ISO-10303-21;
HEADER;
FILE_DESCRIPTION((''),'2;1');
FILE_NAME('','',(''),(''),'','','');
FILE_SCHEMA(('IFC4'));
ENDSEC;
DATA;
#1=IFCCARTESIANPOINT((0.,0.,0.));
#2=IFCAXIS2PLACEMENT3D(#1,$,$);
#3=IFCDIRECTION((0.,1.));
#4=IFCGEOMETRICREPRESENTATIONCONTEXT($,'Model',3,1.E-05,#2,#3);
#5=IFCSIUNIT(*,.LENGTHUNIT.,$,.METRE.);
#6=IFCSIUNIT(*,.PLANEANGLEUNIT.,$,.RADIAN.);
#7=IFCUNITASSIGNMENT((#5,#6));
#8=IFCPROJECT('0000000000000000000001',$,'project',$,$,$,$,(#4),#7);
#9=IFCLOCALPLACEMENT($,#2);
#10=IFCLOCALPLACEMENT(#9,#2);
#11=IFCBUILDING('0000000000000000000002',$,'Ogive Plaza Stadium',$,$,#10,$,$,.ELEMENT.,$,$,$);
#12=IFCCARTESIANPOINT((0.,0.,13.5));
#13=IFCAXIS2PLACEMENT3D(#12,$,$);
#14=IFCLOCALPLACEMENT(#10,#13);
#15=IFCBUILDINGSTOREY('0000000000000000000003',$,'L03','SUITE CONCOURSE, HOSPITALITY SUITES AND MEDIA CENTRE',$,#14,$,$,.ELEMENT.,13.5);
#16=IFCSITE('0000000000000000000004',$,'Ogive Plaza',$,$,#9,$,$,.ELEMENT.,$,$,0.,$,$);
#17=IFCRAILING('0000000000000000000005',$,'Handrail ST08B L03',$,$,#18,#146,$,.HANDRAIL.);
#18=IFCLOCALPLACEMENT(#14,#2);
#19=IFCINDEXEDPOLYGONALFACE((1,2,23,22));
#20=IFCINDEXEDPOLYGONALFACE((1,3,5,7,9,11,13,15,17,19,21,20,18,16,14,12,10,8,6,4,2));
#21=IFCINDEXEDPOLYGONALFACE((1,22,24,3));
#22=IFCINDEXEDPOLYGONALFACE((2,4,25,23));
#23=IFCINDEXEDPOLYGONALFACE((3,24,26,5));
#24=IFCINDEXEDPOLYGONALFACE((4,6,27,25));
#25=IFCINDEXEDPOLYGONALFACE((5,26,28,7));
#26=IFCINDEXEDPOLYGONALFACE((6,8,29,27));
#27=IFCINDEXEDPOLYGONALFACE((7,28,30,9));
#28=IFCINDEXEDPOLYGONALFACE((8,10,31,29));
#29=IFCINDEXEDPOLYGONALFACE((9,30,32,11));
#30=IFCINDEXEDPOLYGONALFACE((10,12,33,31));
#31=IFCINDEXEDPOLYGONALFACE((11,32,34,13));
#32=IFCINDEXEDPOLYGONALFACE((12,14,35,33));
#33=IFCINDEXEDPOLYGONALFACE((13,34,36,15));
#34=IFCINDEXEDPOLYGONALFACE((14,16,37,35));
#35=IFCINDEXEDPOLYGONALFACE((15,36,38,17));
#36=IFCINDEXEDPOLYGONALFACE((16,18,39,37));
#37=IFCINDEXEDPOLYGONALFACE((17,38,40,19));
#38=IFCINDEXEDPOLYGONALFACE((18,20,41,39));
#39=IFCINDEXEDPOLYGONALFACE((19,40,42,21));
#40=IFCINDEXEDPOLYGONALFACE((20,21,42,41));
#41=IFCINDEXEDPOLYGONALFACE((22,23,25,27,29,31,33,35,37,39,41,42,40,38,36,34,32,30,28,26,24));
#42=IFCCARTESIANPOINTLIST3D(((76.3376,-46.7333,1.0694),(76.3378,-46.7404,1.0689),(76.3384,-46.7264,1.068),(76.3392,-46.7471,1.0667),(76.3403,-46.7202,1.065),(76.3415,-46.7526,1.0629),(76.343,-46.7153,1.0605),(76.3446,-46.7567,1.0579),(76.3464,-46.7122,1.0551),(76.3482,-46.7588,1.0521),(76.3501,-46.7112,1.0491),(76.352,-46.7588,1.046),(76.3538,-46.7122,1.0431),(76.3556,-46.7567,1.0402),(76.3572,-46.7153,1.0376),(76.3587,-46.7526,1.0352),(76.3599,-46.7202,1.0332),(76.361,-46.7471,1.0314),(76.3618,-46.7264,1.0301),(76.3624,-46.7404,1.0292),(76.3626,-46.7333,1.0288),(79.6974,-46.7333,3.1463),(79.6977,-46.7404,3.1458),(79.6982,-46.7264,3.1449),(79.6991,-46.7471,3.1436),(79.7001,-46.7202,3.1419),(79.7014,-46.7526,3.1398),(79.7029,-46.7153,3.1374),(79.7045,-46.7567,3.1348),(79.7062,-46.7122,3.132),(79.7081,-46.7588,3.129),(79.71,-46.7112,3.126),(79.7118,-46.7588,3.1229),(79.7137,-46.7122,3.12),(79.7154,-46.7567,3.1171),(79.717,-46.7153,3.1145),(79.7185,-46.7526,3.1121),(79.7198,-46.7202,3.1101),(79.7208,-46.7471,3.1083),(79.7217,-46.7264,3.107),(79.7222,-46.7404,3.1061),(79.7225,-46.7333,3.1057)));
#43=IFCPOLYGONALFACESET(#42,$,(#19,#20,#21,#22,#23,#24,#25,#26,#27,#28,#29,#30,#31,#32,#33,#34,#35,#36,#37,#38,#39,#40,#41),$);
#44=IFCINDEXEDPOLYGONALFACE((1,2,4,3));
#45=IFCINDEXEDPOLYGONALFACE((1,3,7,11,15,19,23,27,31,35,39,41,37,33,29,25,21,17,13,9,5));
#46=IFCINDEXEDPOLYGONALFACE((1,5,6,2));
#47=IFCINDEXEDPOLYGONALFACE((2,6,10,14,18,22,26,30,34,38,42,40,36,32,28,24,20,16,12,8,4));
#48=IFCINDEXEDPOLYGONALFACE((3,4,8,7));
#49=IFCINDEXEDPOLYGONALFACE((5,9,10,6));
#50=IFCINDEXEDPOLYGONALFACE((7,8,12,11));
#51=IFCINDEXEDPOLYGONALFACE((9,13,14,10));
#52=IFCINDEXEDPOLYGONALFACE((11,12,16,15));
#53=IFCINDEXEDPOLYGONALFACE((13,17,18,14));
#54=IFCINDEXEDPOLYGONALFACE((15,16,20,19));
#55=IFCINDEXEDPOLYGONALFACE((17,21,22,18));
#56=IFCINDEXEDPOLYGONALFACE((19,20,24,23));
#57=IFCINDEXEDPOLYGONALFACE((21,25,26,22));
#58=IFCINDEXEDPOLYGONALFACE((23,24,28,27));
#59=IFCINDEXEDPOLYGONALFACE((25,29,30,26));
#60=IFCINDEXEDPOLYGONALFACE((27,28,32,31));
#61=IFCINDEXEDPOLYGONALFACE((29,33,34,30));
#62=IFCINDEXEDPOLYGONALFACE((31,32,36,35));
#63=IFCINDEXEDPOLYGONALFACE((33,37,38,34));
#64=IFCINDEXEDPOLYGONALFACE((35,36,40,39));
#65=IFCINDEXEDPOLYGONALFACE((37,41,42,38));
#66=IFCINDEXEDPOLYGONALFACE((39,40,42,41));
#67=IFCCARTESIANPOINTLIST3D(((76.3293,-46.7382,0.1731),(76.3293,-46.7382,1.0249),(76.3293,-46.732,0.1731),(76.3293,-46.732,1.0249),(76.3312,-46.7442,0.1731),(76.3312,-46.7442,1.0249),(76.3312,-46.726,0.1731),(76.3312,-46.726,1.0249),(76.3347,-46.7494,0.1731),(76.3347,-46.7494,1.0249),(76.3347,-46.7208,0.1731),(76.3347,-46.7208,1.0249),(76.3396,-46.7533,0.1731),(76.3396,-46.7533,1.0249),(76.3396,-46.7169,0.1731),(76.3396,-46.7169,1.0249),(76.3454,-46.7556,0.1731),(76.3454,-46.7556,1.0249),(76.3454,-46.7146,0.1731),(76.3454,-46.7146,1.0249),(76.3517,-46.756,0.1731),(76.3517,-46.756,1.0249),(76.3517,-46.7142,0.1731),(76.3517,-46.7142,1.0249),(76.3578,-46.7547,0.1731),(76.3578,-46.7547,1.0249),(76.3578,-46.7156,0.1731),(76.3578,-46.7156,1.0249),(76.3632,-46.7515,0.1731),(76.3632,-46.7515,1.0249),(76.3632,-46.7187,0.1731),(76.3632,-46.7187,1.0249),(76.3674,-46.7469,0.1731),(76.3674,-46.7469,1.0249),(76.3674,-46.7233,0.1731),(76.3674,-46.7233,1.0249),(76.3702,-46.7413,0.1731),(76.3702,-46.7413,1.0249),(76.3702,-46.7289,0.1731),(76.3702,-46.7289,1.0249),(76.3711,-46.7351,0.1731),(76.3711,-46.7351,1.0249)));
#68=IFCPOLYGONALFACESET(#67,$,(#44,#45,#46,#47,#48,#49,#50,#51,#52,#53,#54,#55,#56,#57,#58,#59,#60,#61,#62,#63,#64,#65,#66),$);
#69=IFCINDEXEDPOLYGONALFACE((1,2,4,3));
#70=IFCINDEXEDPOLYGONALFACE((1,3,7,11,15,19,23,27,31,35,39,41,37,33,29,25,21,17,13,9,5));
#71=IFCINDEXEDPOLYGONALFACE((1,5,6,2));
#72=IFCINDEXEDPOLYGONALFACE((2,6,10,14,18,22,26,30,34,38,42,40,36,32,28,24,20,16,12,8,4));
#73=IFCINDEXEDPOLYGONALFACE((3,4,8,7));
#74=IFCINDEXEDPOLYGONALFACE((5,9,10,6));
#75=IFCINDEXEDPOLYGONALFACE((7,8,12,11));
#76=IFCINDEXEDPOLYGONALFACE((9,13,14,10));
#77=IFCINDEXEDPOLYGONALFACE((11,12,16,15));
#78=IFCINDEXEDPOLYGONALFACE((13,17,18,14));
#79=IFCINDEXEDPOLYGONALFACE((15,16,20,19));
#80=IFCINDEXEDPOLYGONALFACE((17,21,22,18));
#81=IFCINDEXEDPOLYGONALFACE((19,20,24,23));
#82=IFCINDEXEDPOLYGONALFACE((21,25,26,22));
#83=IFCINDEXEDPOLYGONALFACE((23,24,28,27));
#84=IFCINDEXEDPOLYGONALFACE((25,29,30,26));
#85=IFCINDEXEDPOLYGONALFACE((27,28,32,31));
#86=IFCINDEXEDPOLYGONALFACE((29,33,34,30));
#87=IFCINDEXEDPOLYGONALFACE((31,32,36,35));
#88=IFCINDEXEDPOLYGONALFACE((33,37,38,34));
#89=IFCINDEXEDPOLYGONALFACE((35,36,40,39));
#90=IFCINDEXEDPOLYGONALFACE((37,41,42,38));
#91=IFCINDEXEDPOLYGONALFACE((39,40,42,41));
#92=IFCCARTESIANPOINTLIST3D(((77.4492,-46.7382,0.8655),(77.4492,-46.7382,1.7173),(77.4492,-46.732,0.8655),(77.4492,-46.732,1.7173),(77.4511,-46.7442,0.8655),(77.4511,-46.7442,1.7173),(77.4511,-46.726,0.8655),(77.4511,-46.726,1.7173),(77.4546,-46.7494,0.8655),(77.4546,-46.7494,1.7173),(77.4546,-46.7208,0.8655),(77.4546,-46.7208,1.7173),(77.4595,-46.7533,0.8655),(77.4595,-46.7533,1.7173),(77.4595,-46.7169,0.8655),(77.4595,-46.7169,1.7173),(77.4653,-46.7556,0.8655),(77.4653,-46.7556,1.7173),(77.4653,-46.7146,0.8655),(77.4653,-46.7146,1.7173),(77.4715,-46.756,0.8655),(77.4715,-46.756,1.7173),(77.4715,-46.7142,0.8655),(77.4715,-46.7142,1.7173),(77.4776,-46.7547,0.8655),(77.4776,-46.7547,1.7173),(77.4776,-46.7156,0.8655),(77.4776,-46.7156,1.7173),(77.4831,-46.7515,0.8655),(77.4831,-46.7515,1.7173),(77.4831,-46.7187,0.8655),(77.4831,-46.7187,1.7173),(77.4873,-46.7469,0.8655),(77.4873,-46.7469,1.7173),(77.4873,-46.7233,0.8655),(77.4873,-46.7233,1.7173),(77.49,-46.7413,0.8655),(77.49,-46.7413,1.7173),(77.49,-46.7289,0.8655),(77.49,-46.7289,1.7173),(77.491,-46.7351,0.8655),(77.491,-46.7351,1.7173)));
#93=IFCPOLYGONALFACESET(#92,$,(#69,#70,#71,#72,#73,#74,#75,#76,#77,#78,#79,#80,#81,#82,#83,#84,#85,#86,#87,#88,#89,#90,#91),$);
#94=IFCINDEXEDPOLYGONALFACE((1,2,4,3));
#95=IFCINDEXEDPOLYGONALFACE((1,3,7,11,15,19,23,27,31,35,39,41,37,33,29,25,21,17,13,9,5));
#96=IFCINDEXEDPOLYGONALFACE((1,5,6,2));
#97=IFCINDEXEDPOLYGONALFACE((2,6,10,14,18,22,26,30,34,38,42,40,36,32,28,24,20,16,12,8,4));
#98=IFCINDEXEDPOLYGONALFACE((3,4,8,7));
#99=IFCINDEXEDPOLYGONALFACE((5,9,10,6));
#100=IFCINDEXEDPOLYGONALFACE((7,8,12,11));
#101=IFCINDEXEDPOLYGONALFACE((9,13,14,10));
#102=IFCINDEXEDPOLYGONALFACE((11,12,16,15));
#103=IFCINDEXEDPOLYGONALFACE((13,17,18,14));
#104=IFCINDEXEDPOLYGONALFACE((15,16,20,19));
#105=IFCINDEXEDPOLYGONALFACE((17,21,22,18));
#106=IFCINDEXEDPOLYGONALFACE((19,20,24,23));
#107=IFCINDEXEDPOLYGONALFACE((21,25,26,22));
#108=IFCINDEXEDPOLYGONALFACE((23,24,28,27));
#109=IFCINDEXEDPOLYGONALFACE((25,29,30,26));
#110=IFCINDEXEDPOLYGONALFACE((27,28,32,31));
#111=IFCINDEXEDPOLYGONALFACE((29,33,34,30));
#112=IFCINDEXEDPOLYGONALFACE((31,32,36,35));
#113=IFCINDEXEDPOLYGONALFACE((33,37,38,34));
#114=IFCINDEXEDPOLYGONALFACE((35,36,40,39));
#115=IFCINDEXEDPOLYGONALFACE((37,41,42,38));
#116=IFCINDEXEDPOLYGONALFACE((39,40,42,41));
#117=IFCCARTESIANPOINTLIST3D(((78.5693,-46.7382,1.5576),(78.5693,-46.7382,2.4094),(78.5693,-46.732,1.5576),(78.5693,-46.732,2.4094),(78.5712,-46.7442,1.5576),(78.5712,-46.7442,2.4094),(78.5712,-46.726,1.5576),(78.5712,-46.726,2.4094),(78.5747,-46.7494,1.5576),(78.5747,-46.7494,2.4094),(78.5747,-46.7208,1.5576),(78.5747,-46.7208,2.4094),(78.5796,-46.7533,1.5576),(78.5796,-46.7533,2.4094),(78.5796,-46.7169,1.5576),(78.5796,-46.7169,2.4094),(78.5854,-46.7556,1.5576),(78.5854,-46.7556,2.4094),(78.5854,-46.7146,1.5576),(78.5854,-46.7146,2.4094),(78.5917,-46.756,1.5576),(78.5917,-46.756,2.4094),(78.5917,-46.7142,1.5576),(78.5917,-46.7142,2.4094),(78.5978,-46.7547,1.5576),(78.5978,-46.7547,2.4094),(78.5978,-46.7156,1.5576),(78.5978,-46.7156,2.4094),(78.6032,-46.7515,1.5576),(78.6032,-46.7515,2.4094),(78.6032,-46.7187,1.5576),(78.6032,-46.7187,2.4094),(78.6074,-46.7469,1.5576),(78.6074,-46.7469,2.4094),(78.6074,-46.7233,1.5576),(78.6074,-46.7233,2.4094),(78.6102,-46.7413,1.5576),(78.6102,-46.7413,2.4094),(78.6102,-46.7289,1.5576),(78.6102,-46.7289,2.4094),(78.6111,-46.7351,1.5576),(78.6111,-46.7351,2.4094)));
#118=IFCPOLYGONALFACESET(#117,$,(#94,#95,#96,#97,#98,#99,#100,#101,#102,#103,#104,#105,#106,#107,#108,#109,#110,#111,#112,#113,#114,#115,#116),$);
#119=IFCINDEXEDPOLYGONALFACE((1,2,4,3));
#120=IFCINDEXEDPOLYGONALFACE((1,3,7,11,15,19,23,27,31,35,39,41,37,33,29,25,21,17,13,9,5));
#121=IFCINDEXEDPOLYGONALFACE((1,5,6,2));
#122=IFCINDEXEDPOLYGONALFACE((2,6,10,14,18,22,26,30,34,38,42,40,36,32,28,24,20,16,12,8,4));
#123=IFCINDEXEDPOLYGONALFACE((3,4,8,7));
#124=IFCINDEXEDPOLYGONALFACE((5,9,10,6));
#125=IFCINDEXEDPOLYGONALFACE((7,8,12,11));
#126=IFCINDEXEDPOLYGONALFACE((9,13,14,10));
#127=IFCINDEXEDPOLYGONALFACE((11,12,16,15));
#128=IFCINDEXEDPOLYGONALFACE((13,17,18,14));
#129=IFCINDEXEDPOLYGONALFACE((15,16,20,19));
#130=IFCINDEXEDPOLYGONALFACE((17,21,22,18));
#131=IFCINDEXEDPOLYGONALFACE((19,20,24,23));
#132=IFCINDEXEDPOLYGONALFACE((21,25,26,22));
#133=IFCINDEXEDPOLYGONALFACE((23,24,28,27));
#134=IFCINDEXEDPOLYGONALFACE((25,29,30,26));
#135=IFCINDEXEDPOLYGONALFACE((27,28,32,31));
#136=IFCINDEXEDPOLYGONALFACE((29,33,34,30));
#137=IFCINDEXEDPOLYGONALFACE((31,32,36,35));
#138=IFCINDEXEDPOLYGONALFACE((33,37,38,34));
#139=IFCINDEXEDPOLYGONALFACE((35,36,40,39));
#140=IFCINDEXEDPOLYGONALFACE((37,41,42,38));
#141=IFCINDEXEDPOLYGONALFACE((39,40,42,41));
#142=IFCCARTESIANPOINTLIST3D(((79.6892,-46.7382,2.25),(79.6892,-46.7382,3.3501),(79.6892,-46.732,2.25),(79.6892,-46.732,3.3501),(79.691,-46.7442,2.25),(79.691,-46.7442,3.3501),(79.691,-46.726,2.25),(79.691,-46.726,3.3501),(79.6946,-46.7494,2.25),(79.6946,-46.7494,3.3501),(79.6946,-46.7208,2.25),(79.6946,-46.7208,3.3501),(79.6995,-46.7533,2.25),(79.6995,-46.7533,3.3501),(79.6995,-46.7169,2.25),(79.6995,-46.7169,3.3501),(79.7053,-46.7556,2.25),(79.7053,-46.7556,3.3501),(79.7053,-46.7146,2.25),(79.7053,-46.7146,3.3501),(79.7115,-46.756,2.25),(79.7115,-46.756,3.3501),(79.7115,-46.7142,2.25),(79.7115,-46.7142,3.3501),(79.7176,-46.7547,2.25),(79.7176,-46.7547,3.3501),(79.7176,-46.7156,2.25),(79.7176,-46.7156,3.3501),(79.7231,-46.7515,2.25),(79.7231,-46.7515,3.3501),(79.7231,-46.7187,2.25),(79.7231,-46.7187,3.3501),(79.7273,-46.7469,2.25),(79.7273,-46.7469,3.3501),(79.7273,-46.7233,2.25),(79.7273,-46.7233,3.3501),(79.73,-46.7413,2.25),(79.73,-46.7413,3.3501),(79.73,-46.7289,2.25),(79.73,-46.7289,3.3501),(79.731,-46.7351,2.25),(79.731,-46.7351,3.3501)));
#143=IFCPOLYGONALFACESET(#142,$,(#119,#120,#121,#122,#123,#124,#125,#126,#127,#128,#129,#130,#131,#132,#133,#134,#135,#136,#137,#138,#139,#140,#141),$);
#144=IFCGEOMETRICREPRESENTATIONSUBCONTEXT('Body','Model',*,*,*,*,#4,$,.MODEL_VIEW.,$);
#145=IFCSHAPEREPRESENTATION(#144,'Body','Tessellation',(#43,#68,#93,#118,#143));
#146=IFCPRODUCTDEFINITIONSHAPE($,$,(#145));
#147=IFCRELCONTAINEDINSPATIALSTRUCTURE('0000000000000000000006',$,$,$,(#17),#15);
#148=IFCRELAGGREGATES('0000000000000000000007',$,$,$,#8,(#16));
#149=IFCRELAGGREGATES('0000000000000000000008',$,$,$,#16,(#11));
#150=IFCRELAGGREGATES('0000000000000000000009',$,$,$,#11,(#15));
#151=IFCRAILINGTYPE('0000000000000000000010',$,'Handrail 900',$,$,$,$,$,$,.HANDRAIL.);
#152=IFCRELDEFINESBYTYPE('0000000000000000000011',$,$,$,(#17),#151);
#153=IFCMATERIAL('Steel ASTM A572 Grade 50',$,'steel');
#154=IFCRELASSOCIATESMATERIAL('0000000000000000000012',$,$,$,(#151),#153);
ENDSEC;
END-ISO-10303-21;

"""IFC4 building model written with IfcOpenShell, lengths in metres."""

from ifc_helpers import new_model, si_unit, direction, frame, origin, origin_2d, place, context, subcontext, project, spatial, circle, extrude, material, type_object, element, save


model = new_model("IFC4")

# Units and contexts
model_context = context("Model", 3, precision=1e-05, world=origin(), true_north=direction((0.0, 1.0)))
body_context = subcontext(model_context, "Body", "Model", "MODEL_VIEW")
ifc_project = project(units=[si_unit("LENGTHUNIT", "METRE"), si_unit("PLANEANGLEUNIT", "RADIAN")], contexts=[model_context])

# Site, building, storey
site_placement = place(None, origin())
site = spatial("IfcSite", under=ifc_project, at=site_placement, Name="Ogive Plaza", CompositionType="ELEMENT", RefElevation=0.0)
building_placement = place(site_placement, origin())
building = spatial("IfcBuilding", under=site, at=building_placement, Name="Ogive Plaza Stadium", CompositionType="ELEMENT")
storey_placement = place(building_placement, frame((0.0, 0.0, 13.5)))
storey = spatial("IfcBuildingStorey", under=building, at=storey_placement, Name="L03", Description="SUITE CONCOURSE, HOSPITALITY SUITES AND MEDIA CENTRE", CompositionType="ELEMENT", Elevation=13.5)

# Railing
ifc_material_1 = material(Name="Steel ASTM A572 Grade 50", Category="steel")
railing_type_1 = type_object("IfcRailingType", Name="Handrail 900", PredefinedType="HANDRAIL", material=ifc_material_1)
for number, where, name in (
    (1, (76.3501, -46.7351, 0.1731), "Handrail ST08B L03"),
):
    element("IfcRailing", number, at=place(storey_placement, frame(where)), inside=storey, type_object=railing_type_1, Name=name, PredefinedType="HANDRAIL", context=body_context, shape_type="SweptSolid", body=[
        extrude(circle(Radius=0.0239, at=origin_2d()), frame((0.0, 0.0, 0.876), z_axis=(0.850606, 0.0, 0.525803), x_axis=(0.0, 1.0, 0.0)), (0.0, 0.0, 1.0), 3.95),
        extrude(circle(Radius=0.021, at=origin_2d()), origin(), (0.0, 0.0, 1.0), 0.8518),
        extrude(circle(Radius=0.021, at=origin_2d()), frame((1.1199, 0.0, 0.6924)), (0.0, 0.0, 1.0), 0.8518),
        extrude(circle(Radius=0.021, at=origin_2d()), frame((2.24, 0.0, 1.3845)), (0.0, 0.0, 1.0), 0.8518),
        extrude(circle(Radius=0.021, at=origin_2d()), frame((3.3599, 0.0, 2.0769)), (0.0, 0.0, 1.0), 1.1001),
    ])

save(model, "model.ifc")
